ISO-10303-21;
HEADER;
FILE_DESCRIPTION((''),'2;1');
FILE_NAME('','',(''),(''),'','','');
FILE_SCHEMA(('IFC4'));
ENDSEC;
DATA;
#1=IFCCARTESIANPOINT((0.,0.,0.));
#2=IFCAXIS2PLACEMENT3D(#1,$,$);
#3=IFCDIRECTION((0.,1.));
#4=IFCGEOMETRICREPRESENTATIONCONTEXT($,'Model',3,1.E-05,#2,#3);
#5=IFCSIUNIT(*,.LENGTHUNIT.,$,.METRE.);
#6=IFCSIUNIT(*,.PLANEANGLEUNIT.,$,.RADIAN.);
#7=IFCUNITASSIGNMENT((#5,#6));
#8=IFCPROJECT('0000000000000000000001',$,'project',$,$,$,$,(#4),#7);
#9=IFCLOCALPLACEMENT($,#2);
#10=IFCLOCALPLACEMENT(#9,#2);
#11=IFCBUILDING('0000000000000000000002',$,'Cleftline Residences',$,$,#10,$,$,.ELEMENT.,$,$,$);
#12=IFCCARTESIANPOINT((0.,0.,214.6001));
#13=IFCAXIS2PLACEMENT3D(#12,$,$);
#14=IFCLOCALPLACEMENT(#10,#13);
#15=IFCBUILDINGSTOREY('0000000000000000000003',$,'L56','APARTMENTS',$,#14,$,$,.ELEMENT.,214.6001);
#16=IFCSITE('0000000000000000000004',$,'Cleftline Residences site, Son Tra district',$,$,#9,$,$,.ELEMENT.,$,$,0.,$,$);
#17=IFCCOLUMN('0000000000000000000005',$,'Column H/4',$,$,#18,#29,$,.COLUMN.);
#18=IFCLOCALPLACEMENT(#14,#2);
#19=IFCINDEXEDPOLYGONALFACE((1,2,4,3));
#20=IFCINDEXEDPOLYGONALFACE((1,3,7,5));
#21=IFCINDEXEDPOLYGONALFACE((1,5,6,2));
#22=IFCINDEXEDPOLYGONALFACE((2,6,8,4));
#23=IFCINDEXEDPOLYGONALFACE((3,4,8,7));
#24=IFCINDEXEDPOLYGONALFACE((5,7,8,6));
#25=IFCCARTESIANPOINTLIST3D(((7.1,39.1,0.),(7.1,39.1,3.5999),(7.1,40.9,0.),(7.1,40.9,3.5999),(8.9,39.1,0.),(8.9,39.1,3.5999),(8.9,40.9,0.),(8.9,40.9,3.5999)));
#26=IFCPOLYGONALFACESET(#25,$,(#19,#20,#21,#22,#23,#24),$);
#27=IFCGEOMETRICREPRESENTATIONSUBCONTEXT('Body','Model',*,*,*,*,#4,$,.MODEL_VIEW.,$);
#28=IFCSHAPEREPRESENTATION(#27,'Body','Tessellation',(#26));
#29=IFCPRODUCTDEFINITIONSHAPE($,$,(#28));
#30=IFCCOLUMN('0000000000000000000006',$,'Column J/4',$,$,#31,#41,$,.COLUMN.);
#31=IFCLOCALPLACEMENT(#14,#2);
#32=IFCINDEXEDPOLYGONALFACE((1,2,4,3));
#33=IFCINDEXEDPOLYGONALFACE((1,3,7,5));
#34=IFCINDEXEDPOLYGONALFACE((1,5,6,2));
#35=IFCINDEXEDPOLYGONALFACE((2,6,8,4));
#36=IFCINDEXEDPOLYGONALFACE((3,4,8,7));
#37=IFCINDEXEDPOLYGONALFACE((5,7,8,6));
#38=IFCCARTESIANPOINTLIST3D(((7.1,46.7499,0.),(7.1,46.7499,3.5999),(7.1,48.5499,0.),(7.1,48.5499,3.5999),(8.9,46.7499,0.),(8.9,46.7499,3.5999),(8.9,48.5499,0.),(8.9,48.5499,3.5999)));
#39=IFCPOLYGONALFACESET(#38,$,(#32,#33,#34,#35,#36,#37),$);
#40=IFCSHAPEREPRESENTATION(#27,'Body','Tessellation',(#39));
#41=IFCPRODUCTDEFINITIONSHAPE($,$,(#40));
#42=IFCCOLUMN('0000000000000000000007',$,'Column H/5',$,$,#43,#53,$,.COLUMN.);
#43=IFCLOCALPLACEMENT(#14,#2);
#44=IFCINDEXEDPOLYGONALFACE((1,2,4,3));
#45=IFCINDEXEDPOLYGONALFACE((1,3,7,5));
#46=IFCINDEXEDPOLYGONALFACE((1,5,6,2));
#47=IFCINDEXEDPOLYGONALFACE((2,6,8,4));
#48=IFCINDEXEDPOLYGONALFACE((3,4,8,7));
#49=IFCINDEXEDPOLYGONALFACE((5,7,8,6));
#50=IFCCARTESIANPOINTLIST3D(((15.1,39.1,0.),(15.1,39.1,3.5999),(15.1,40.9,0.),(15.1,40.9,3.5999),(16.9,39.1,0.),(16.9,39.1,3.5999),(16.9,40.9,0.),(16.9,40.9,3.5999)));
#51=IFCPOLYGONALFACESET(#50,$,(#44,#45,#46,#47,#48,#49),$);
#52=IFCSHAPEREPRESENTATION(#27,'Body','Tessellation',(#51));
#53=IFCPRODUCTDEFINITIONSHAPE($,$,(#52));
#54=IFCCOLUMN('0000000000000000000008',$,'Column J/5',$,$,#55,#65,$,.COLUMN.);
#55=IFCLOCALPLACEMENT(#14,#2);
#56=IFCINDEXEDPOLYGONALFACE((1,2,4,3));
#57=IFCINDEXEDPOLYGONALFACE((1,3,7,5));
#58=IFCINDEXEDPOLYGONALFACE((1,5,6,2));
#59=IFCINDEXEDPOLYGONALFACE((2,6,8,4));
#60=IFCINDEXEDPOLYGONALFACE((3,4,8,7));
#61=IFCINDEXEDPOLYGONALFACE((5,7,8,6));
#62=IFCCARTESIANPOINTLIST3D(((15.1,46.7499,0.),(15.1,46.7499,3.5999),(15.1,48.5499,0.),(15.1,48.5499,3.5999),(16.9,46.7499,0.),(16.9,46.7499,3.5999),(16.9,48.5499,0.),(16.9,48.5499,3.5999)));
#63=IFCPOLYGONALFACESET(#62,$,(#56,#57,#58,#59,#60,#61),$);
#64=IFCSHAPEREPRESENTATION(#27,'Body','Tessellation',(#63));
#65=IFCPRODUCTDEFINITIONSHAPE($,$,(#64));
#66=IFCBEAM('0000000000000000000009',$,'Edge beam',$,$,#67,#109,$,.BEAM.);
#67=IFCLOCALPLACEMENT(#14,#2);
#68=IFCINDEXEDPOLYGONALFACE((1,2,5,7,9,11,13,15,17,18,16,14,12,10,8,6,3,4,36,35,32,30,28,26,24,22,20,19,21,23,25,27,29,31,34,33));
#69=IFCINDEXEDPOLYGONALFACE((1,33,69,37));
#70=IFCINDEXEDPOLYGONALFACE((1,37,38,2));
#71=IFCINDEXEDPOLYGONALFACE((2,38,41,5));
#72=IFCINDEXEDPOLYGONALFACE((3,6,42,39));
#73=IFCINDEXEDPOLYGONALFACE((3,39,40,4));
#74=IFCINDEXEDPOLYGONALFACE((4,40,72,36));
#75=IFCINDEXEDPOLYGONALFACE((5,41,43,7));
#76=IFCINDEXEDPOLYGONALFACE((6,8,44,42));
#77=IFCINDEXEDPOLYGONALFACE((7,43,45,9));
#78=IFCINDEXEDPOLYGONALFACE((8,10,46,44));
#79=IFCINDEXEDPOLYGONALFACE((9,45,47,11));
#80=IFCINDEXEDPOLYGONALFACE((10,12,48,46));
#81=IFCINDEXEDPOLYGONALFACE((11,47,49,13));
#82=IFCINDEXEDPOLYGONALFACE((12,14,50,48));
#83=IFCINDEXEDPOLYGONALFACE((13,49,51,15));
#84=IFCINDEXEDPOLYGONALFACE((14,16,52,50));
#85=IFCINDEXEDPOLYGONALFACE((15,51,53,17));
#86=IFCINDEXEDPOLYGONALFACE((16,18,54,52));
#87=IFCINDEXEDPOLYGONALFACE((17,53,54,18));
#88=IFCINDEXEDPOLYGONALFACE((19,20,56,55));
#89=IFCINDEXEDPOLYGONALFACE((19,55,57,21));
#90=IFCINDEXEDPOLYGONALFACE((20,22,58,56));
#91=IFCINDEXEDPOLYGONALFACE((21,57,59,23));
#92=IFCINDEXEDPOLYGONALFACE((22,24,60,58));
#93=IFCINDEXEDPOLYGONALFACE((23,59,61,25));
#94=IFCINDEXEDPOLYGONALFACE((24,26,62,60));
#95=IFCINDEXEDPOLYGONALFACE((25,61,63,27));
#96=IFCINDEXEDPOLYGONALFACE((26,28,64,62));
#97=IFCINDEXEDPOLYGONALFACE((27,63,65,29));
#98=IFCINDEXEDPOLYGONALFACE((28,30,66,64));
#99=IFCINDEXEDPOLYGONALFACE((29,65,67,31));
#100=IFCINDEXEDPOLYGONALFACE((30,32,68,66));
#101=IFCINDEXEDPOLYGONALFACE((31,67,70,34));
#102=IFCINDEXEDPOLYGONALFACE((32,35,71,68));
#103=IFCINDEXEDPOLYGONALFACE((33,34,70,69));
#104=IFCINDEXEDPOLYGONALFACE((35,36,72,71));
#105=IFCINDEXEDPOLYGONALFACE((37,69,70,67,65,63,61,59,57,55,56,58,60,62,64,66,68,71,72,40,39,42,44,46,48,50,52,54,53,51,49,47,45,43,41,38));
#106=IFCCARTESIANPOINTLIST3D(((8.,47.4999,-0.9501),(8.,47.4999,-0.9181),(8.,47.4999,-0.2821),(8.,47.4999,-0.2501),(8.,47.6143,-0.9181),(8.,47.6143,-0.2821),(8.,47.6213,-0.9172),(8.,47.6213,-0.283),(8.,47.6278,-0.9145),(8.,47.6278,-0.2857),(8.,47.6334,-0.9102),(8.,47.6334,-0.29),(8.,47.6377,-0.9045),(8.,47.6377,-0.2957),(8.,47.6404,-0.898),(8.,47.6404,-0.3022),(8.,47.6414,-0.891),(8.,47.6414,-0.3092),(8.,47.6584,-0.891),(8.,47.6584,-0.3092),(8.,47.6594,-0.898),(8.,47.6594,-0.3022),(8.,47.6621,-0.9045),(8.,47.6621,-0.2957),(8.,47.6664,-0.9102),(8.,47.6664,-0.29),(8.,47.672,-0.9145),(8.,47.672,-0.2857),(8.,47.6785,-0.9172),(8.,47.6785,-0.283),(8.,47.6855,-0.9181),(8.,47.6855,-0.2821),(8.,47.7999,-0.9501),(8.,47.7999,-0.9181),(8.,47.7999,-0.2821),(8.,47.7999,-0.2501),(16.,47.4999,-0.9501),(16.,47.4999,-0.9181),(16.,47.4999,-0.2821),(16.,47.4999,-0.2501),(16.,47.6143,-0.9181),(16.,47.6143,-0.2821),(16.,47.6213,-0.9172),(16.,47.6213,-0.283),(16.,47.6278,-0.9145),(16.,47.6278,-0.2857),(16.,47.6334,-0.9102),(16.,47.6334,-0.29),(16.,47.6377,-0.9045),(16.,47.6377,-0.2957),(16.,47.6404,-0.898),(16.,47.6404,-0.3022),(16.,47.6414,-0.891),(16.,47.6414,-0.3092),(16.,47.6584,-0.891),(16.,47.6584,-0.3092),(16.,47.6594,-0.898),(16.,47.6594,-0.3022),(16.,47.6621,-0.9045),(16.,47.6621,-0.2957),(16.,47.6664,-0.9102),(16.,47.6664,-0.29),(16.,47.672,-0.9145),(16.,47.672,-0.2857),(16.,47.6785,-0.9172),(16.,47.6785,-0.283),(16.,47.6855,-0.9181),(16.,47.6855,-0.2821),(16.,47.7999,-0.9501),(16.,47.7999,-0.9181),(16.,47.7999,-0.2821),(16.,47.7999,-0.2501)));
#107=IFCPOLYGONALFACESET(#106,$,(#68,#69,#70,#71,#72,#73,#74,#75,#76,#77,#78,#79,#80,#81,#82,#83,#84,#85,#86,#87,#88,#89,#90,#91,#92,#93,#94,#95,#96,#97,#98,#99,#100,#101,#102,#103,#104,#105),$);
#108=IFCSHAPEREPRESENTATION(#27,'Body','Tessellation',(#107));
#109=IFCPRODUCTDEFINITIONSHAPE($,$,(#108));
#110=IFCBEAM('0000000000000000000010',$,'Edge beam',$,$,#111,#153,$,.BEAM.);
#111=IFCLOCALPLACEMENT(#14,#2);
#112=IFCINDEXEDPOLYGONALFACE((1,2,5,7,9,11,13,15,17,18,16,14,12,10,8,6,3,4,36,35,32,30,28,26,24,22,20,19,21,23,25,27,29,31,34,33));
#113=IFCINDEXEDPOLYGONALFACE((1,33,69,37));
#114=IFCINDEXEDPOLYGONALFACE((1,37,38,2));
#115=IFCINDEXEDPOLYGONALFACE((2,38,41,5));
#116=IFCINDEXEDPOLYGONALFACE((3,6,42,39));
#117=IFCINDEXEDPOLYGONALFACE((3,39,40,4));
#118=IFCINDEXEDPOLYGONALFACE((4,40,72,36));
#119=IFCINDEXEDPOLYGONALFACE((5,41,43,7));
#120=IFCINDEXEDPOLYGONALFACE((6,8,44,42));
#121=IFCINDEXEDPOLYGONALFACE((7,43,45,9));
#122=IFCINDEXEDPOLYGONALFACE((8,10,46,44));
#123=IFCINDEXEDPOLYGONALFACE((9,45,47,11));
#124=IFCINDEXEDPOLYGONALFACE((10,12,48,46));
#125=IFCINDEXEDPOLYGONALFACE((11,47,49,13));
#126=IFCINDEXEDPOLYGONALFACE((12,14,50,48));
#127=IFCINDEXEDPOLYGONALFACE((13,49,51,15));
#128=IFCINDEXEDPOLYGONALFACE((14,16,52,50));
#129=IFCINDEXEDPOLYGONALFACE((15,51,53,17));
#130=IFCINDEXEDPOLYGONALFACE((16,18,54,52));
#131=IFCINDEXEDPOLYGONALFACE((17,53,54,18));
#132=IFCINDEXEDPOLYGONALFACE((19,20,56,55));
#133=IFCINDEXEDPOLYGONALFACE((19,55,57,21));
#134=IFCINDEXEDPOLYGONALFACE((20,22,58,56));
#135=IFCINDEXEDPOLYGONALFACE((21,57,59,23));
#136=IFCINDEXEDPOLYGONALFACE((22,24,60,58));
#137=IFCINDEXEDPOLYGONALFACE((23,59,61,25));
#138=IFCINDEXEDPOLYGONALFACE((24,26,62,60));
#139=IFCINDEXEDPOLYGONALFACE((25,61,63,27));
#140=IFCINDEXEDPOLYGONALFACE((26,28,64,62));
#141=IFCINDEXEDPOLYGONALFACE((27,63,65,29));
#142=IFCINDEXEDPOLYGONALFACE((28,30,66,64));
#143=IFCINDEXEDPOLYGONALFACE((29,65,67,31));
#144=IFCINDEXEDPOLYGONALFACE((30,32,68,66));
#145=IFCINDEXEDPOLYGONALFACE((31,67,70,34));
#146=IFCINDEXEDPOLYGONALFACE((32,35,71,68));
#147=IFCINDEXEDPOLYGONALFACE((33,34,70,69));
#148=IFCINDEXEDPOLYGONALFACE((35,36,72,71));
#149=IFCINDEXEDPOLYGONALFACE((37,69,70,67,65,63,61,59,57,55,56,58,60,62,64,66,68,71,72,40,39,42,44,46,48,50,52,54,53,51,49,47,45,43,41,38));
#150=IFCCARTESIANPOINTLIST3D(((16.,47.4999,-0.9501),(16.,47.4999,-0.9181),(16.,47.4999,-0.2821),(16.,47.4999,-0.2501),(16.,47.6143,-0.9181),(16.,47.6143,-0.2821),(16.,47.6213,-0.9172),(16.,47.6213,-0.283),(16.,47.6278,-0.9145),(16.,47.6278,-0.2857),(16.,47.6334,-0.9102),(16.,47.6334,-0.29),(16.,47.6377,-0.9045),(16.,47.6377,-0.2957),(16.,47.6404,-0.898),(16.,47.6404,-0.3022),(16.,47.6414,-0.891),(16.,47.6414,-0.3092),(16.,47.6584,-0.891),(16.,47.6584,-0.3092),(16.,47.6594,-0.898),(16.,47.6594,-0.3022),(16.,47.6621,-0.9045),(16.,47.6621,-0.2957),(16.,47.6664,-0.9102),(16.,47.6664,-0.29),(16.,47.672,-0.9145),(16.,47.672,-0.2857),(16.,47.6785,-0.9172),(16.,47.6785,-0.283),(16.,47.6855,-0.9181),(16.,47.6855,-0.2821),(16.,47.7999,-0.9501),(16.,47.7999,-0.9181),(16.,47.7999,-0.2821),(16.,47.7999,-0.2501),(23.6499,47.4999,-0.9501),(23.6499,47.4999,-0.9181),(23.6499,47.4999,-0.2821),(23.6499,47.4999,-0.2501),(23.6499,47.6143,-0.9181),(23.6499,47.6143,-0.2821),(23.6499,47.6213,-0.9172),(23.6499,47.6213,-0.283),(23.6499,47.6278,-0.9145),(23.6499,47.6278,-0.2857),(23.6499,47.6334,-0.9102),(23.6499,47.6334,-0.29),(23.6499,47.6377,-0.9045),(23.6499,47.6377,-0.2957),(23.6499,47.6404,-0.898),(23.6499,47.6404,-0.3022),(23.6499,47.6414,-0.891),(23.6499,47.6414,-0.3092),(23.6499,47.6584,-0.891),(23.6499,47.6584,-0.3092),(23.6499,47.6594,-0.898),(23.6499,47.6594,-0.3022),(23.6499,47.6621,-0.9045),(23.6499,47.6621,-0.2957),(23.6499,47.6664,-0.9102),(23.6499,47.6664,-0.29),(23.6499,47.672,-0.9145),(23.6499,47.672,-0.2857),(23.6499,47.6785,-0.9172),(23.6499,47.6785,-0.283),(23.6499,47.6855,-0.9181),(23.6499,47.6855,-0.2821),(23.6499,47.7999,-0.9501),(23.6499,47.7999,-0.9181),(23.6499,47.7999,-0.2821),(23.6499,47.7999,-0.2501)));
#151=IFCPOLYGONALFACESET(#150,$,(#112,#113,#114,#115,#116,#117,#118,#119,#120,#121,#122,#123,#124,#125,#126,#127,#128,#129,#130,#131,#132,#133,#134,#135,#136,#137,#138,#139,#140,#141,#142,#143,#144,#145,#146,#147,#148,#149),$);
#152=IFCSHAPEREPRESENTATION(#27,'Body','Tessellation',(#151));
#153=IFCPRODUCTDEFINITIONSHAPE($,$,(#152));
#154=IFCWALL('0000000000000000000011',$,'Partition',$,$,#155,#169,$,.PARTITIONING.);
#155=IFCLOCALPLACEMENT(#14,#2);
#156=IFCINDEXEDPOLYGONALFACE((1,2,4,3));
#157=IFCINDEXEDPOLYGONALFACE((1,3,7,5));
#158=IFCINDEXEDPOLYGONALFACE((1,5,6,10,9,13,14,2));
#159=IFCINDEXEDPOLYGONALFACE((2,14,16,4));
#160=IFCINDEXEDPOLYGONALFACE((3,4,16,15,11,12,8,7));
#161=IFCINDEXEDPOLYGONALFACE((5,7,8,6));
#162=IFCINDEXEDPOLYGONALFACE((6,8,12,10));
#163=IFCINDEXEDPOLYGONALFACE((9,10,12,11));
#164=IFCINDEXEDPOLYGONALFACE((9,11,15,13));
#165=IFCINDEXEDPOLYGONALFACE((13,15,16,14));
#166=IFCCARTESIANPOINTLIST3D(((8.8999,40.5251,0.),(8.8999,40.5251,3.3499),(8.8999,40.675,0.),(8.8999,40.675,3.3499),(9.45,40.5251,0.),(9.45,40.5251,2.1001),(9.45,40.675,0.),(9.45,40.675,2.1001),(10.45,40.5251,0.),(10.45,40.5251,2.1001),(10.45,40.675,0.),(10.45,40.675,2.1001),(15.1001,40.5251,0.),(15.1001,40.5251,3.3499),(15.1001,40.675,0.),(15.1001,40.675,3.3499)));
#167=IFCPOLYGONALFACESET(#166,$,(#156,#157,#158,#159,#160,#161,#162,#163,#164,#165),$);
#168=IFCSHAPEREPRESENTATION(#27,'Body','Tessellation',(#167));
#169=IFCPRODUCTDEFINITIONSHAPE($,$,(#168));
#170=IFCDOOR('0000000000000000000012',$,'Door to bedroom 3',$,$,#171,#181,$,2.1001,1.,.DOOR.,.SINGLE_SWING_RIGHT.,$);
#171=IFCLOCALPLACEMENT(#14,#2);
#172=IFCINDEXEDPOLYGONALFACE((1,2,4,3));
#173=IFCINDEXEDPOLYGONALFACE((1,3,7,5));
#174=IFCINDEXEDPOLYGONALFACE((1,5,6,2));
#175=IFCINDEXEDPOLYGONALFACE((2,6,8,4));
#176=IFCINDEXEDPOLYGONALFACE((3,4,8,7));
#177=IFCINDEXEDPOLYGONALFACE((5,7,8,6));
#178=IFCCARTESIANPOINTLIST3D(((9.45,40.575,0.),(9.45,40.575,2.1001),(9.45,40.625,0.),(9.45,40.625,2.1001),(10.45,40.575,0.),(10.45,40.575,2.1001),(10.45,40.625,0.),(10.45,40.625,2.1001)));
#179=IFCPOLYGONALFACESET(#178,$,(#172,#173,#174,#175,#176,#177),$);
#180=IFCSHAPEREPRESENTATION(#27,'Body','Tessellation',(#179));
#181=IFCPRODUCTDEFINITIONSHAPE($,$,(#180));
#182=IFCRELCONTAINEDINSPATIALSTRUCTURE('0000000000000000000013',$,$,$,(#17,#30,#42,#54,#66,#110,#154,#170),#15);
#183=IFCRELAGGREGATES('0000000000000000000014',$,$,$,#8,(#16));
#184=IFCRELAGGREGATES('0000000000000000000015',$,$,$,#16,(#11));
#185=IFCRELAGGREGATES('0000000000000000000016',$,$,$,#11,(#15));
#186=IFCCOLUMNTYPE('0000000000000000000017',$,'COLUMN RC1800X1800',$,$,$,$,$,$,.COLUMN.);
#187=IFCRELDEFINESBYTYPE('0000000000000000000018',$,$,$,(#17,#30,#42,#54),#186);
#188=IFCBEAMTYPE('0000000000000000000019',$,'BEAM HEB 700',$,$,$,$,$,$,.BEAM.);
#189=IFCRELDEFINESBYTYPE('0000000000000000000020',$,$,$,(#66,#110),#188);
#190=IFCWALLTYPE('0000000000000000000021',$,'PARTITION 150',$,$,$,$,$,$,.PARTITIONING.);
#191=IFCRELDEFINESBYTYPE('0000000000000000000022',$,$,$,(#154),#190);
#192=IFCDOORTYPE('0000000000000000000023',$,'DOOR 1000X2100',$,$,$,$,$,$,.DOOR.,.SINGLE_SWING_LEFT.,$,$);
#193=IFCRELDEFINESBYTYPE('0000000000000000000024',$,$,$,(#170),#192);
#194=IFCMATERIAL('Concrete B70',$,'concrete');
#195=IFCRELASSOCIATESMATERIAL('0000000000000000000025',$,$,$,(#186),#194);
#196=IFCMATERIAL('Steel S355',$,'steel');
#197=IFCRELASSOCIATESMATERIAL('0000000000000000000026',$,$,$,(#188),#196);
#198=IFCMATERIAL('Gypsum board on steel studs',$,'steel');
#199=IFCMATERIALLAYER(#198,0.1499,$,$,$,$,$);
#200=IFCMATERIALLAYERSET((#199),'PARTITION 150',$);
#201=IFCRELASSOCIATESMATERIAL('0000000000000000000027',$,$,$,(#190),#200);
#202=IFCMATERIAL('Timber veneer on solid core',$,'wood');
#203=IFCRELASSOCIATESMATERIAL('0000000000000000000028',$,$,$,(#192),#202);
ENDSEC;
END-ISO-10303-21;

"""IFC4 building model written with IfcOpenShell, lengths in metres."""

from ifc_helpers import new_model, si_unit, direction, frame, frame_2d, origin, origin_2d, place, context, subcontext, project, spatial, rectangle, i_section, extrude, material, layer, layer_set, material_profile, profile_set, type_object, element, fill, save


model = new_model("IFC4")

# Units and contexts
model_context = context("Model", 3, precision=1e-05, world=origin(), true_north=direction((0.0, 1.0)))
body_context = subcontext(model_context, "Body", "Model", "MODEL_VIEW")
ifc_project = project(units=[si_unit("LENGTHUNIT", "METRE"), si_unit("PLANEANGLEUNIT", "RADIAN")], contexts=[model_context])

# Site, building, storey
site_placement = place(None, origin())
site = spatial("IfcSite", under=ifc_project, at=site_placement, Name="Cleftline Residences site, Son Tra district", CompositionType="ELEMENT", RefElevation=0.0)
building_placement = place(site_placement, origin())
building = spatial("IfcBuilding", under=site, at=building_placement, Name="Cleftline Residences", CompositionType="ELEMENT")
storey_placement = place(building_placement, frame((0.0, 0.0, 214.6001)))
storey = spatial("IfcBuildingStorey", under=building, at=storey_placement, Name="L56", Description="APARTMENTS", CompositionType="ELEMENT", Elevation=214.6001)

# Columns
ifc_material_1 = material(Name="Concrete B70", Category="concrete")
ifc_material_profile_1 = material_profile(ifc_material_1, rectangle(XDim=1.8, YDim=1.8, at=origin_2d()))
ifc_profile_set_1 = profile_set([ifc_material_profile_1], Name="Concrete B70")
column_type = type_object("IfcColumnType", Name="COLUMN RC1800X1800", PredefinedType="COLUMN", material=ifc_profile_set_1)
for number, where, z_axis, x_axis, name in (
    (1, (8.0, 40.0, 0.0), (0.0, 0.0, 1.0), (1.0, 0.0, 0.0), "Column H/4"),
    (2, (8.0, 47.6499, 0.0), (0.0, 0.0, 1.0), (1.0, 0.0, 0.0), "Column J/4"),
    (3, (16.0, 40.0, 0.0), (0.0, 0.0, 1.0), (1.0, 0.0, 0.0), "Column H/5"),
    (4, (16.0, 47.6499, 0.0), (0.0, 0.0, 1.0), (1.0, 0.0, 0.0), "Column J/5"),
):
    element("IfcColumn", number, at=place(storey_placement, frame(where, z_axis=z_axis, x_axis=x_axis)), inside=storey, type_object=column_type, Name=name, PredefinedType="COLUMN", context=body_context, shape_type="SweptSolid", body=[
        extrude(rectangle(XDim=1.8, YDim=1.8, at=origin_2d()), origin(), (0.0, 0.0, 1.0), 3.5999),
    ])

# Beams
ifc_material_2 = material(Name="Steel S355", Category="steel")
ifc_material_profile_2 = material_profile(ifc_material_2, i_section(OverallWidth=0.3, OverallDepth=0.7, WebThickness=0.0171, FlangeThickness=0.032, FilletRadius=0.0271, at=origin_2d()))
ifc_profile_set_2 = profile_set([ifc_material_profile_2], Name="Steel S355")
beam_type = type_object("IfcBeamType", Name="BEAM HEB 700", PredefinedType="BEAM", material=ifc_profile_set_2)
beam_1_placement = place(storey_placement, frame((8.0, 47.6499, -0.6001), z_axis=(1.0, 0.0, 0.0), x_axis=(0.0, 1.0, 0.0)))
element("IfcBeam", 5, at=beam_1_placement, inside=storey, type_object=beam_type, Name="Edge beam", PredefinedType="BEAM", context=body_context, shape_type="SweptSolid", body=[
    extrude(i_section(OverallWidth=0.3, OverallDepth=0.7, WebThickness=0.0171, FlangeThickness=0.032, FilletRadius=0.0271, at=origin_2d()), origin(), (0.0, 0.0, 1.0), 8.0),
])
beam_2_placement = place(storey_placement, frame((16.0, 47.6499, -0.6001), z_axis=(1.0, 0.0, 0.0), x_axis=(0.0, 1.0, 0.0)))
element("IfcBeam", 6, at=beam_2_placement, inside=storey, type_object=beam_type, Name="Edge beam", PredefinedType="BEAM", context=body_context, shape_type="SweptSolid", body=[
    extrude(i_section(OverallWidth=0.3, OverallDepth=0.7, WebThickness=0.0171, FlangeThickness=0.032, FilletRadius=0.0271, at=origin_2d()), origin(), (0.0, 0.0, 1.0), 7.6499),
])

# Wall, opening, door
ifc_material_3 = material(Name="Gypsum board on steel studs", Category="steel")
ifc_layer = layer(ifc_material_3, 0.1499)
ifc_layer_set = layer_set([ifc_layer], Name="PARTITION 150")
wall_type = type_object("IfcWallType", Name="PARTITION 150", PredefinedType="PARTITIONING", material=ifc_layer_set)
wall_1_placement = place(storey_placement, frame((8.8999, 40.6001, 0.0), z_axis=(0.0, 0.0, 1.0), x_axis=(1.0, 0.0, 0.0)))
wall_1 = element("IfcWall", 7, at=wall_1_placement, inside=storey, type_object=wall_type, Name="Partition", PredefinedType="PARTITIONING", context=body_context, shape_type="SweptSolid", body=[
    extrude(rectangle(XDim=6.2002, YDim=0.1499, at=frame_2d((3.1001, 0.0))), origin(), (0.0, 0.0, 1.0), 3.3499),
])
opening_1_placement = place(wall_1_placement, frame((0.55, 0.0, 0.0)))
opening_1 = element("IfcOpeningElement", 8, at=opening_1_placement, cuts=wall_1, PredefinedType="OPENING", context=body_context, shape_type="SweptSolid", body=[
    extrude(rectangle(XDim=1.0, YDim=2.1001, at=frame_2d((0.5, 1.05))), frame((0.0, 0.085, 0.0), z_axis=(0.0, -1.0, 0.0), x_axis=(1.0, 0.0, 0.0)), (0.0, 0.0, 1.0), 0.1699),
])
ifc_material_4 = material(Name="Timber veneer on solid core", Category="wood")
door_type_1 = type_object("IfcDoorType", Name="DOOR 1000X2100", OperationType="SINGLE_SWING_LEFT", PredefinedType="DOOR", material=ifc_material_4)
door_1_placement = place(opening_1_placement, origin())
door_1 = element("IfcDoor", 9, at=door_1_placement, inside=storey, type_object=door_type_1, Name="Door to bedroom 3", OperationType="SINGLE_SWING_RIGHT", OverallHeight=2.1001, OverallWidth=1.0, PredefinedType="DOOR", context=body_context, shape_type="SweptSolid", body=[
    extrude(rectangle(XDim=1.0, YDim=2.1001, at=frame_2d((0.5, 1.05))), frame((0.0, 0.0249, 0.0), z_axis=(0.0, -1.0, 0.0), x_axis=(1.0, 0.0, 0.0)), (0.0, 0.0, 1.0), 0.05),
])
fill(opening_1, door_1)

save(model, "model.ifc")
